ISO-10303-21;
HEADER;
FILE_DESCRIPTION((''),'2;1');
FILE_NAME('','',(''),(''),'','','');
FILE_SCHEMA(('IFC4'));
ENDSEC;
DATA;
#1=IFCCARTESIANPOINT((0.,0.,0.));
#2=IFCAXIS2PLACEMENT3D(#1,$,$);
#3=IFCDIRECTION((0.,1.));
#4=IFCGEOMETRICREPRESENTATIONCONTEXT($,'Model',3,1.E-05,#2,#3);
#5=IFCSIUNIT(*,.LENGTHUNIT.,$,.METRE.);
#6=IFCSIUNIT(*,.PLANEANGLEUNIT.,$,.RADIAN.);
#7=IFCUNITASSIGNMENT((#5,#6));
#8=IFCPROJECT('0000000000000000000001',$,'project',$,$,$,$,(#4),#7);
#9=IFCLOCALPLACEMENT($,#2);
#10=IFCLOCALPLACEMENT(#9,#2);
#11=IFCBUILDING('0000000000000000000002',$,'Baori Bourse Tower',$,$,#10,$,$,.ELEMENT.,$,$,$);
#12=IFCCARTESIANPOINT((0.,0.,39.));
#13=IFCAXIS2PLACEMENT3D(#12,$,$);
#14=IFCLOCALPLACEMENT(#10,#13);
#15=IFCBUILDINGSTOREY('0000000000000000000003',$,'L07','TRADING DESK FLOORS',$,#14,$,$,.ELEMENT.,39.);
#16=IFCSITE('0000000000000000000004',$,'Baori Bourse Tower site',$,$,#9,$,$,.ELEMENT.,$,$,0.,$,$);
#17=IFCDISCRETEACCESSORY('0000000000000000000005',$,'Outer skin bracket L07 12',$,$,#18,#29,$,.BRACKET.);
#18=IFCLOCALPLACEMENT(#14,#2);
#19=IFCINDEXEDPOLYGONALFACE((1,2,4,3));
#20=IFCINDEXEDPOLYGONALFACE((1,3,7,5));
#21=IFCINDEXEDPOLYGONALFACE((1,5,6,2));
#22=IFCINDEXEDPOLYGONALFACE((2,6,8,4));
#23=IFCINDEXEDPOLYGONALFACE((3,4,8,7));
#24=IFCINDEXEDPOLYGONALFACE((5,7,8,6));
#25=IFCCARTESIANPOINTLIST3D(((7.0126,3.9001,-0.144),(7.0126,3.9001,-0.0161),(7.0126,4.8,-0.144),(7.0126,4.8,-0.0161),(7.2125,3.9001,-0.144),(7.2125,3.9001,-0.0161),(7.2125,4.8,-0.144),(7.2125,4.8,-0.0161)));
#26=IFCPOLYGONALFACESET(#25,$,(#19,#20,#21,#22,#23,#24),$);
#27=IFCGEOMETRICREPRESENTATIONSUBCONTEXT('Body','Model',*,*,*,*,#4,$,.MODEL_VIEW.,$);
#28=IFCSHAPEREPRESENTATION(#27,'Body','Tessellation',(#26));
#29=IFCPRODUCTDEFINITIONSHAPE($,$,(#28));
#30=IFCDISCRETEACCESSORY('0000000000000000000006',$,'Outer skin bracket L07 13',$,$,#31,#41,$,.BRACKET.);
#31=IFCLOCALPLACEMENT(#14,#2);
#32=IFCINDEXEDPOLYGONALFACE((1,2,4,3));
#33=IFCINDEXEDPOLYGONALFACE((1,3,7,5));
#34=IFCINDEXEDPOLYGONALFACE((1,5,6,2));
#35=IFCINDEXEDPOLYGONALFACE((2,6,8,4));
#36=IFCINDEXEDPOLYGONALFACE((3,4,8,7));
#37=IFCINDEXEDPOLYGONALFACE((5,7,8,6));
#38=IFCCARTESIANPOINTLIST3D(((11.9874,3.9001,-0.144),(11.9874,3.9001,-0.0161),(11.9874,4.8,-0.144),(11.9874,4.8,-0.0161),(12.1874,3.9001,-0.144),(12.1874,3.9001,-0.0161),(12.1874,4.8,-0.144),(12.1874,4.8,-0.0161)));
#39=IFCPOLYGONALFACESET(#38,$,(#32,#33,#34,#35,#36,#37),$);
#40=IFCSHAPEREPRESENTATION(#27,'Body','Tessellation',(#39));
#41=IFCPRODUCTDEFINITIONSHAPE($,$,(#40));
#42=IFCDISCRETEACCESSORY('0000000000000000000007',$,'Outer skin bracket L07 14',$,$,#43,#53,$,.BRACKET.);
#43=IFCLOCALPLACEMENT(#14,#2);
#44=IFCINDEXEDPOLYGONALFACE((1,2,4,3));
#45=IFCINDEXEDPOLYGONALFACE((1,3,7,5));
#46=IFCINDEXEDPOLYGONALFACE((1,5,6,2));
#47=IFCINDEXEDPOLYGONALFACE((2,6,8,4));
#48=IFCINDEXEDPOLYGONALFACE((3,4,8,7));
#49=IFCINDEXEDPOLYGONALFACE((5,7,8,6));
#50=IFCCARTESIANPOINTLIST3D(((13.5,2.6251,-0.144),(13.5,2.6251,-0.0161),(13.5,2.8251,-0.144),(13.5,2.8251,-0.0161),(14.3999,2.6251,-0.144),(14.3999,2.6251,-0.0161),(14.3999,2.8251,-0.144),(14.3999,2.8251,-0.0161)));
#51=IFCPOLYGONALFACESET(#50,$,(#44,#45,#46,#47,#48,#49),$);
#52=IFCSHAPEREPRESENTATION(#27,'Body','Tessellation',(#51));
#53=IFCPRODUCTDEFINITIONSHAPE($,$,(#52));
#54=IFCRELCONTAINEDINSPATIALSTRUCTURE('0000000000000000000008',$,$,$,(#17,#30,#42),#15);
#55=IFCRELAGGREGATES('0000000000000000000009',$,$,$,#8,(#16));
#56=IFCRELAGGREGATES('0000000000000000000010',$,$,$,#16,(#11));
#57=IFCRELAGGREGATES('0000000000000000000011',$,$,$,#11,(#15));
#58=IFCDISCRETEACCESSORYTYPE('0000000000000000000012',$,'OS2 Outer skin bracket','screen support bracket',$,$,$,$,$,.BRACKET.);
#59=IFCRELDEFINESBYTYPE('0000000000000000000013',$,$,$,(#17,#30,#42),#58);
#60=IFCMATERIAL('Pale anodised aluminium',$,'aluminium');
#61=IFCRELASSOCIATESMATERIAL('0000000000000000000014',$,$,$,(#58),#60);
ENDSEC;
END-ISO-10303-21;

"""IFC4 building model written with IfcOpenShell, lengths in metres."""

from ifc_helpers import new_model, si_unit, direction, frame, origin, origin_2d, place, context, subcontext, project, spatial, rectangle, extrude, material, type_object, element, save


model = new_model("IFC4")

# Units and contexts
model_context = context("Model", 3, precision=1e-05, world=origin(), true_north=direction((0.0, 1.0)))
body_context = subcontext(model_context, "Body", "Model", "MODEL_VIEW")
ifc_project = project(units=[si_unit("LENGTHUNIT", "METRE"), si_unit("PLANEANGLEUNIT", "RADIAN")], contexts=[model_context])

# Site, building, storey
site_placement = place(None, origin())
site = spatial("IfcSite", under=ifc_project, at=site_placement, Name="Baori Bourse Tower site", CompositionType="ELEMENT", RefElevation=0.0)
building_placement = place(site_placement, origin())
building = spatial("IfcBuilding", under=site, at=building_placement, Name="Baori Bourse Tower", CompositionType="ELEMENT")
storey_placement = place(building_placement, frame((0.0, 0.0, 39.0)))
storey = spatial("IfcBuildingStorey", under=building, at=storey_placement, Name="L07", Description="TRADING DESK FLOORS", CompositionType="ELEMENT", Elevation=39.0)

# Discrete accessories
ifc_material_1 = material(Name="Pale anodised aluminium", Category="aluminium")
discrete_accessory_type = type_object("IfcDiscreteAccessoryType", Name="OS2 Outer skin bracket", Description="screen support bracket", PredefinedType="BRACKET", material=ifc_material_1)
for number, where, z_axis, x_axis, name in (
    (1, (7.1125, 4.3501, -0.144), (0.0, 0.0, 1.0), (1.0, 0.0, 0.0), "Outer skin bracket L07 12"),
    (2, (12.0874, 4.3501, -0.144), (0.0, 0.0, 1.0), (1.0, 0.0, 0.0), "Outer skin bracket L07 13"),
    (3, (13.95, 2.7251, -0.144), (0.0, 0.0, 1.0), (0.0, -1.0, 0.0), "Outer skin bracket L07 14"),
):
    element("IfcDiscreteAccessory", number, at=place(storey_placement, frame(where, z_axis=z_axis, x_axis=x_axis)), inside=storey, type_object=discrete_accessory_type, Name=name, PredefinedType="BRACKET", context=body_context, shape_type="SweptSolid", body=[
        extrude(rectangle(XDim=0.2, YDim=0.8999, at=origin_2d()), origin(), (0.0, 0.0, 1.0), 0.1279),
    ])

save(model, "model.ifc")
